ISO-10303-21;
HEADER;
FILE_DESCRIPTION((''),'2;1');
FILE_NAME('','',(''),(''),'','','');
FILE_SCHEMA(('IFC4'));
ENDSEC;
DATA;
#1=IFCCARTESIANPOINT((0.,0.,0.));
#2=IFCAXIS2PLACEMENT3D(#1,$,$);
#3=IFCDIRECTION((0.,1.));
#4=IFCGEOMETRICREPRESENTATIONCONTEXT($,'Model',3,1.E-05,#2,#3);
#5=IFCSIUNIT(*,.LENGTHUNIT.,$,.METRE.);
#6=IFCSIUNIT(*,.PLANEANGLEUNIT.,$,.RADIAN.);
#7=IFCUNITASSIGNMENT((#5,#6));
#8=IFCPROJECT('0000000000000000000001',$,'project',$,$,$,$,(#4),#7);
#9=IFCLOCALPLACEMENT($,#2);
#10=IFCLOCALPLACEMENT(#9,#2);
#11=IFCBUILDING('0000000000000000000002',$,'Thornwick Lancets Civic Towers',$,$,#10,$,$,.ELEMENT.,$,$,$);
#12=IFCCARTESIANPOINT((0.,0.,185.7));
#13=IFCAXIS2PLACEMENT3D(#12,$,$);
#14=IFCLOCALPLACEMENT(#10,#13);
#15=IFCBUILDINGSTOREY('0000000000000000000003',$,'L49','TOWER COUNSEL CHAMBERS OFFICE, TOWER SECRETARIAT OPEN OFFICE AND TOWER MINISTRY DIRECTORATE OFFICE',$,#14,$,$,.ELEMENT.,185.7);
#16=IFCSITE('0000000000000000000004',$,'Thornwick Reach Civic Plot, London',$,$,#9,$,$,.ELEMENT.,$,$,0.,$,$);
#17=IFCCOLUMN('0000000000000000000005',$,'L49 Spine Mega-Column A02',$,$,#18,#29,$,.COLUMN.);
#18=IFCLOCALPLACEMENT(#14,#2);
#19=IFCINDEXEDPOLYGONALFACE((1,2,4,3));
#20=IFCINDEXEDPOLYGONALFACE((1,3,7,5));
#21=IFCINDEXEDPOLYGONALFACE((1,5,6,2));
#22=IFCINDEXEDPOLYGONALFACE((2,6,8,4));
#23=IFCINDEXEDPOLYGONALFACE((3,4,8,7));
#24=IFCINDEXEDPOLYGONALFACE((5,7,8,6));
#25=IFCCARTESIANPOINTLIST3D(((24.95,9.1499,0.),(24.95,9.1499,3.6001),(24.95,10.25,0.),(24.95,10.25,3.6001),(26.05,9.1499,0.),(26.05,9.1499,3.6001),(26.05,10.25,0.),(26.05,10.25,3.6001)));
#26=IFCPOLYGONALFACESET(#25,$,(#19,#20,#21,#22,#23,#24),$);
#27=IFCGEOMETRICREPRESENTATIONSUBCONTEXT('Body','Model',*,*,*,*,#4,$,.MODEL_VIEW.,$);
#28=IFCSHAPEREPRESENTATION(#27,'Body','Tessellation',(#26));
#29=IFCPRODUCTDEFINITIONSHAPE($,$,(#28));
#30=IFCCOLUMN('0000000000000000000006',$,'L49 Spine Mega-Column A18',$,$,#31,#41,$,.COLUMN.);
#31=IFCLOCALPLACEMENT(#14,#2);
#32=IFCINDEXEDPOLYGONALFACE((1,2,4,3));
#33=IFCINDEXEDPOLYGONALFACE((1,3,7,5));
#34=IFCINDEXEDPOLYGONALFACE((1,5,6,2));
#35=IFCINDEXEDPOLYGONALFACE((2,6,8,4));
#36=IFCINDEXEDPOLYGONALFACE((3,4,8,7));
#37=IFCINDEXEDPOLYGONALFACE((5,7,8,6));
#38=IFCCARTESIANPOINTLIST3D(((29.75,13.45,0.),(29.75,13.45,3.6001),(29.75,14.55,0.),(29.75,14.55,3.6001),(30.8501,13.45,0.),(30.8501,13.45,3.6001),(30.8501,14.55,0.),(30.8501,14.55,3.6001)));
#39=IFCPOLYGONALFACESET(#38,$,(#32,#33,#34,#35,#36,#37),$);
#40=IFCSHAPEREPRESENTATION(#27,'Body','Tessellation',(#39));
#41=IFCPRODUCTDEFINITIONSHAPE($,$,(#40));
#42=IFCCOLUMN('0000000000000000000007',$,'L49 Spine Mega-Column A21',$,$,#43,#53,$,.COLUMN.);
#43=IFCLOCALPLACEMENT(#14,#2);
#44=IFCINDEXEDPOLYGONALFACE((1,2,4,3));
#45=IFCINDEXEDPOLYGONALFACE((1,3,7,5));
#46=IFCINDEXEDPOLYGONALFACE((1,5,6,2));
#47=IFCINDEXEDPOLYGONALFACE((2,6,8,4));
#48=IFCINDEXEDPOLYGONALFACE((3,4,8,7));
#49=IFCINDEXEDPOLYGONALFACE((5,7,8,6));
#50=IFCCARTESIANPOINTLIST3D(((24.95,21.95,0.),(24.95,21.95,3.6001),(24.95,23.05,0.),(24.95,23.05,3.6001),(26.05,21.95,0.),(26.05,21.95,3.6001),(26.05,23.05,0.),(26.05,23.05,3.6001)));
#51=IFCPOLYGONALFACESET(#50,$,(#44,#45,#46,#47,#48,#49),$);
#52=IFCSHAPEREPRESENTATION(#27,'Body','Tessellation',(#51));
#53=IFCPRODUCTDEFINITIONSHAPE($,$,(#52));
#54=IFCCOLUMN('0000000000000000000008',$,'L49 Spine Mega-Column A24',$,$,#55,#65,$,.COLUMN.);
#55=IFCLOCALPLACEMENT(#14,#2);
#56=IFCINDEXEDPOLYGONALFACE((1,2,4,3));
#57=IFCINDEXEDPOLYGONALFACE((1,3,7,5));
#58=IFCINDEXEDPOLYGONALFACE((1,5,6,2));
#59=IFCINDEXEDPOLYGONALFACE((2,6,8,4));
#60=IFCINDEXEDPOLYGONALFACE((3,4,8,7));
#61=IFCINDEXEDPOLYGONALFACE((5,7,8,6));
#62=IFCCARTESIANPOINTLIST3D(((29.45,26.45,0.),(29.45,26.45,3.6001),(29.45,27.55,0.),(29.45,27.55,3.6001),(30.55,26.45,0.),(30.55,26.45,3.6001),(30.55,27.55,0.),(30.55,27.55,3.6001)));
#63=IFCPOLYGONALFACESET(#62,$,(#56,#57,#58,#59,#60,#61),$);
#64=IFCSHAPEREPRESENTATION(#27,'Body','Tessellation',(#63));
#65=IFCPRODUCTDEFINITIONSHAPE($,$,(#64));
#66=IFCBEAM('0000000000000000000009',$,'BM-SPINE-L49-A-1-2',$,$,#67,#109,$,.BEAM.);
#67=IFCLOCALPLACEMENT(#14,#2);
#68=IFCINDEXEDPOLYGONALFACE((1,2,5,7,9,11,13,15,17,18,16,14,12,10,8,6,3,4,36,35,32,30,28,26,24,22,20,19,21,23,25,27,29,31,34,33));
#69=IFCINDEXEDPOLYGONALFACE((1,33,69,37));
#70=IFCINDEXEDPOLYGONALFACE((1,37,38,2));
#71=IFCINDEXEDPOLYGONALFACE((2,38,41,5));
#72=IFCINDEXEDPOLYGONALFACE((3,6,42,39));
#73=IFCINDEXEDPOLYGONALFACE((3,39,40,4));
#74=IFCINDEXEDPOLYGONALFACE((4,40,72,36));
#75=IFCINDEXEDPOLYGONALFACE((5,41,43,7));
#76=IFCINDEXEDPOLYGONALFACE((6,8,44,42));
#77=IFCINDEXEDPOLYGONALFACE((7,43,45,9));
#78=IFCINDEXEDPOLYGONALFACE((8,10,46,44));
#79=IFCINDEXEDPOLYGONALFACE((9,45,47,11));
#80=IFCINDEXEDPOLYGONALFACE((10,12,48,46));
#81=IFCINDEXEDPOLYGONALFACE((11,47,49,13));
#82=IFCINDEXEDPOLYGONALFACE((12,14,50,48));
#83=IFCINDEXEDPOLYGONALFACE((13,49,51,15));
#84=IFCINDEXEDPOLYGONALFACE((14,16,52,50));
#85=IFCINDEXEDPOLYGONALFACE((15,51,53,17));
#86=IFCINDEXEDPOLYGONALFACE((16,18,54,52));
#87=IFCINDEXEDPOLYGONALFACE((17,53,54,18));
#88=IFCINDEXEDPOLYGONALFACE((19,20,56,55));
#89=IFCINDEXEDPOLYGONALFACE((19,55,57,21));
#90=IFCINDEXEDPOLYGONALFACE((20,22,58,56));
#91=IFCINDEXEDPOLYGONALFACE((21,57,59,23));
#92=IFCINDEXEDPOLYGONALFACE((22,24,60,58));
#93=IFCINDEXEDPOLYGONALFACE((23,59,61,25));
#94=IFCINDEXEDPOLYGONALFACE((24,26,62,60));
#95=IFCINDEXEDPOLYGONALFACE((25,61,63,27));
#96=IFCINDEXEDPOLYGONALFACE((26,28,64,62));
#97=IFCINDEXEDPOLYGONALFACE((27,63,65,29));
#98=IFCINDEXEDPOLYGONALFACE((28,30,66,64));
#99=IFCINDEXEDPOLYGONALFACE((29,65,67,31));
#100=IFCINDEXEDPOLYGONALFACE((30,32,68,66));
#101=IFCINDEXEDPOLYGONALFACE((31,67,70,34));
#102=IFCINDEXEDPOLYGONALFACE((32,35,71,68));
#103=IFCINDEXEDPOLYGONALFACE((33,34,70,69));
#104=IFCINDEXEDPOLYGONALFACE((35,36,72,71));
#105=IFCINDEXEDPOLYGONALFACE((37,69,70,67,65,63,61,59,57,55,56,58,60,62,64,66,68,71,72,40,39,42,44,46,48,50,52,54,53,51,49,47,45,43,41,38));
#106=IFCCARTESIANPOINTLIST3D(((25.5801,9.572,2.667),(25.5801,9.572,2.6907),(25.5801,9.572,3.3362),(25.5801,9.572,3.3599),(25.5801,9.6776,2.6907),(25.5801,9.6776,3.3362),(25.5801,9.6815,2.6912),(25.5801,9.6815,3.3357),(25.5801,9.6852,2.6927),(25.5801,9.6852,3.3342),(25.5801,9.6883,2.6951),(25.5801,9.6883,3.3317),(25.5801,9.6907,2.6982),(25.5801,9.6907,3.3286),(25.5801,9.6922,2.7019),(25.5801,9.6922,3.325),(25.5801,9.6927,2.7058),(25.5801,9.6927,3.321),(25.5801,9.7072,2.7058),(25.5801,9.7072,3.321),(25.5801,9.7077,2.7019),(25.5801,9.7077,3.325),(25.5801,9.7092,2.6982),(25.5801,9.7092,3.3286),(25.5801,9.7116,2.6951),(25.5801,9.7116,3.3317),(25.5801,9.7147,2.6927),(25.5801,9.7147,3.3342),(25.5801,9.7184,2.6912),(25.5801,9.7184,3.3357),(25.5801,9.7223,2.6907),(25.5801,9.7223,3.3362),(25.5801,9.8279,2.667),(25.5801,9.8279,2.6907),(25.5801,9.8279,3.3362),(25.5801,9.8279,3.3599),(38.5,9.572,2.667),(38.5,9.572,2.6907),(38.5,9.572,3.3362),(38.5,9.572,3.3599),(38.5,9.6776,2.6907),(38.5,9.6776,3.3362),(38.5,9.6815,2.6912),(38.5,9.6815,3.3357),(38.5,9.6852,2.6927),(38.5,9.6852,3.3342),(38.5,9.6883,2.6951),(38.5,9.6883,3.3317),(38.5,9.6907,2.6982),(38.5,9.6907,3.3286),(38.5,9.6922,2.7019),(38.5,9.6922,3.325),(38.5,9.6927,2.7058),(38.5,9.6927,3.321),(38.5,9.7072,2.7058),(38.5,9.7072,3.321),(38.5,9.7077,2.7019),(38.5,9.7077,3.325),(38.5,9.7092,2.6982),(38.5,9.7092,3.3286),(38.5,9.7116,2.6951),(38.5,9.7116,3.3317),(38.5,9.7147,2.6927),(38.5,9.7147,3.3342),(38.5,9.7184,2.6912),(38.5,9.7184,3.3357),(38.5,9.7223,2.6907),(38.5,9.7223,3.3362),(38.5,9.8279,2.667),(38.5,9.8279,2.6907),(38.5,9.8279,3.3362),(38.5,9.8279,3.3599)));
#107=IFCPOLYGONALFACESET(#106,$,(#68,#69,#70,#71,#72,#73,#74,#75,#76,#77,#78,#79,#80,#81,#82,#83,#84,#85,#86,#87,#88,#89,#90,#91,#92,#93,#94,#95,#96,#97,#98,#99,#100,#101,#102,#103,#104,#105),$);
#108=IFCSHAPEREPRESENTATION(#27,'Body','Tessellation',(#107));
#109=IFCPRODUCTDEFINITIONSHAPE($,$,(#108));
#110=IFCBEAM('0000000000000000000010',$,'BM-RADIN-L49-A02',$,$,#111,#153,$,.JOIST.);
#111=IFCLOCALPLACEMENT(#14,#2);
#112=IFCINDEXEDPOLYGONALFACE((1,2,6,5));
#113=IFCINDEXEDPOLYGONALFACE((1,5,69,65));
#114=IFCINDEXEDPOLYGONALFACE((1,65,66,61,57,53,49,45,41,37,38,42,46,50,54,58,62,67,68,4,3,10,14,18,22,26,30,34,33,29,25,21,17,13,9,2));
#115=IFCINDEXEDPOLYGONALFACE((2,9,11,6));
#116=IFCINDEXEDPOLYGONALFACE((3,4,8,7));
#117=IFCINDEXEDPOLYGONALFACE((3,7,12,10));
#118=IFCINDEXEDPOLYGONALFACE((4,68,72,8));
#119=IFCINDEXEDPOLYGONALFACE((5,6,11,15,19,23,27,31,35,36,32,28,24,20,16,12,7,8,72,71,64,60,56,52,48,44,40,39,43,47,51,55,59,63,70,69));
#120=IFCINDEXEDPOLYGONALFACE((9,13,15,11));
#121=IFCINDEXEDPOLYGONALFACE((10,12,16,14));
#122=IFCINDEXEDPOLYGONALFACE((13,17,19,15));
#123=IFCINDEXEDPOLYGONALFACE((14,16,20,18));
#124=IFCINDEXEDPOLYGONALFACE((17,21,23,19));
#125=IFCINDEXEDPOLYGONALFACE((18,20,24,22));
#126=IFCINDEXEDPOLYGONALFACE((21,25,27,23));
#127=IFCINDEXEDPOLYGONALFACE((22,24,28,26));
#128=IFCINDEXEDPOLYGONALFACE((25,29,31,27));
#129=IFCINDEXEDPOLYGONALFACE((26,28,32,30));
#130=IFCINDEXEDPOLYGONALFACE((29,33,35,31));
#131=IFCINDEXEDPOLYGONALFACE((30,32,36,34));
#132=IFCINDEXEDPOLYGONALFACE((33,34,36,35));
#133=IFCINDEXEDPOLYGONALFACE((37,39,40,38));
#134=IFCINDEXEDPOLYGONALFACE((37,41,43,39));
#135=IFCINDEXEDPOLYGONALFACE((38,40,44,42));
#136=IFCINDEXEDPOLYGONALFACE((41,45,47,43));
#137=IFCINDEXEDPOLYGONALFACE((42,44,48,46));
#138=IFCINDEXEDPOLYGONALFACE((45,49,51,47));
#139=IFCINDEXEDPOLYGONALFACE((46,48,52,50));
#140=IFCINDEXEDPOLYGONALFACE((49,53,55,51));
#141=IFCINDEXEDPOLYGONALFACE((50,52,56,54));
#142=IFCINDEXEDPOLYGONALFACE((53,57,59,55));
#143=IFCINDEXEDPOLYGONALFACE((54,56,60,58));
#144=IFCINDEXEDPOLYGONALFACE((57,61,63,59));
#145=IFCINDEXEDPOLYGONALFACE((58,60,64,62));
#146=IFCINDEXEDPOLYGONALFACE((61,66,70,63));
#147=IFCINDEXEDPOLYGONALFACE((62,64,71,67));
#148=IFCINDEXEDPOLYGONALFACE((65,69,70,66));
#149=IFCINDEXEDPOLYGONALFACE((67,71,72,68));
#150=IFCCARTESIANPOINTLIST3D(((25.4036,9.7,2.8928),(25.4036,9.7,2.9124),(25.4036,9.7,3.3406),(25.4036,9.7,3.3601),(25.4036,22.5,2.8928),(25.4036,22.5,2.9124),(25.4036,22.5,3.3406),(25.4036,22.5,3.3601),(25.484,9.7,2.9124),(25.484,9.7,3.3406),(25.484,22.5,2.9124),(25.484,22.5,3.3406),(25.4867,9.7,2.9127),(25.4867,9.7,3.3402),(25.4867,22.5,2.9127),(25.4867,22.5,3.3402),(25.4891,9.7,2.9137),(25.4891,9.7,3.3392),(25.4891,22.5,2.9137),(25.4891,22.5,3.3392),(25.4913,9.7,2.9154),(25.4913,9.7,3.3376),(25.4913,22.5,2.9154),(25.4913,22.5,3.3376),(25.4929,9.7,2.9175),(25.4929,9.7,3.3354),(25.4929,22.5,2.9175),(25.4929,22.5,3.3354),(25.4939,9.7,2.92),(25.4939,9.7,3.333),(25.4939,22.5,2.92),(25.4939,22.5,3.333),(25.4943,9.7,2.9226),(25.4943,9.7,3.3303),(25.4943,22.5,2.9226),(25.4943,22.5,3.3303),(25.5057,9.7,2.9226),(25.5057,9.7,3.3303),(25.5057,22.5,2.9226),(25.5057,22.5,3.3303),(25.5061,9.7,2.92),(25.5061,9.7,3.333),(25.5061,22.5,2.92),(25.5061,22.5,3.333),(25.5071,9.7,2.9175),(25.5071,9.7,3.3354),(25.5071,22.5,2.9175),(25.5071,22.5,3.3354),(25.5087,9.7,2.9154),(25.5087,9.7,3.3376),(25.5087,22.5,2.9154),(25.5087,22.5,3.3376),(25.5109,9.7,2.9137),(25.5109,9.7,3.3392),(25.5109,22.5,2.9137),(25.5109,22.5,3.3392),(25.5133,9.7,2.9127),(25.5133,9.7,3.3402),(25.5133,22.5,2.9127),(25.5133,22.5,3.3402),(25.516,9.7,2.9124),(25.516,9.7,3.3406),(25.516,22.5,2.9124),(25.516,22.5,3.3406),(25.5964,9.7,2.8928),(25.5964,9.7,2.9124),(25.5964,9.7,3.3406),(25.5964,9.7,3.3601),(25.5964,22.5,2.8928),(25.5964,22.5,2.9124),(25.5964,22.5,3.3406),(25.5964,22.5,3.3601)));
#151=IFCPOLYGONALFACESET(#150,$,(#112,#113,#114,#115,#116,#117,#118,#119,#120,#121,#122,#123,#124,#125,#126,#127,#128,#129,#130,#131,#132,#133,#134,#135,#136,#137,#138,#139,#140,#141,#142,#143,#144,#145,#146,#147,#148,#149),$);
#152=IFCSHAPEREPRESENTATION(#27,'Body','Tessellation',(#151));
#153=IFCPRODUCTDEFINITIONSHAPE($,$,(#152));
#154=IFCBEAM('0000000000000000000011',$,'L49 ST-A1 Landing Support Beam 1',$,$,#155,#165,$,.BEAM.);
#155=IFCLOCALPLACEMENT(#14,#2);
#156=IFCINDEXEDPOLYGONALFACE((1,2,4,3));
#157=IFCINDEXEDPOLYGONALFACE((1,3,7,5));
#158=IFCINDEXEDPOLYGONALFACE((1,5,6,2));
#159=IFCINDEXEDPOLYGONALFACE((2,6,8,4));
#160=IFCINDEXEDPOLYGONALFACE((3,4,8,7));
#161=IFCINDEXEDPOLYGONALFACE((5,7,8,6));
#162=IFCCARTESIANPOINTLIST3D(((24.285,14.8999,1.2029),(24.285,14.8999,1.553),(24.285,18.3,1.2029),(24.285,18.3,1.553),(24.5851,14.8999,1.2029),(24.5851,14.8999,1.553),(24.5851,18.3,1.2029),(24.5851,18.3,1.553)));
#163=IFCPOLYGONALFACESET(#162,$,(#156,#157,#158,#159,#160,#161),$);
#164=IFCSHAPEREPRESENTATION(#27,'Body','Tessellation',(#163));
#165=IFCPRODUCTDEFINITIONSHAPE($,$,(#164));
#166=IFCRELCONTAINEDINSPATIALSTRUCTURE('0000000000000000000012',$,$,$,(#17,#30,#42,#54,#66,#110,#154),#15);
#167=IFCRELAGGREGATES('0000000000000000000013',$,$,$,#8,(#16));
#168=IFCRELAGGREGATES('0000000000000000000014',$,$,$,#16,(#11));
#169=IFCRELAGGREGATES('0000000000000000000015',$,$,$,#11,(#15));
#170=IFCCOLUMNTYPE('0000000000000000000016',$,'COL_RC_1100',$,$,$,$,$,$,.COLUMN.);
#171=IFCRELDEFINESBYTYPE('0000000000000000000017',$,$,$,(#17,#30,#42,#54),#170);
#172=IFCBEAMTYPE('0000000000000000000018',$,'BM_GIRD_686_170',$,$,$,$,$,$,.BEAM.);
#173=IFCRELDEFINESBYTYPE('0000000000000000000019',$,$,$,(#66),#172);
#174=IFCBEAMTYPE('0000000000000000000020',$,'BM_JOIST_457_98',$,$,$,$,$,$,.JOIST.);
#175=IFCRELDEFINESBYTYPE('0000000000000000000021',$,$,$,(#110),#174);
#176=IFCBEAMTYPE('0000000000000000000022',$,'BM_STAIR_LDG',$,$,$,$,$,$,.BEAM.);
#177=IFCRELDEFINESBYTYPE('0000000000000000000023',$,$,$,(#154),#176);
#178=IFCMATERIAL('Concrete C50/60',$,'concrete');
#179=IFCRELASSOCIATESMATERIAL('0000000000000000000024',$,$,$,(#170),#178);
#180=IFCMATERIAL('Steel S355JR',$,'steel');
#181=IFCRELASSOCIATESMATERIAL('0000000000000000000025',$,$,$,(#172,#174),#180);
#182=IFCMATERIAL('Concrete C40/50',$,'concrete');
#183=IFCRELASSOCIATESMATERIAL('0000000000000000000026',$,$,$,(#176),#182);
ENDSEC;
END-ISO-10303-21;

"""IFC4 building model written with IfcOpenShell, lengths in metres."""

from ifc_helpers import new_model, si_unit, direction, frame, origin, origin_2d, place, context, subcontext, project, spatial, rectangle, i_section, extrude, material, material_profile, profile_set, type_object, element, save


model = new_model("IFC4")

# Units and contexts
model_context = context("Model", 3, precision=1e-05, world=origin(), true_north=direction((0.0, 1.0)))
body_context = subcontext(model_context, "Body", "Model", "MODEL_VIEW")
ifc_project = project(units=[si_unit("LENGTHUNIT", "METRE"), si_unit("PLANEANGLEUNIT", "RADIAN")], contexts=[model_context])

# Site, building, storey
site_placement = place(None, origin())
site = spatial("IfcSite", under=ifc_project, at=site_placement, Name="Thornwick Reach Civic Plot, London", CompositionType="ELEMENT", RefElevation=0.0)
building_placement = place(site_placement, origin())
building = spatial("IfcBuilding", under=site, at=building_placement, Name="Thornwick Lancets Civic Towers", CompositionType="ELEMENT")
storey_placement = place(building_placement, frame((0.0, 0.0, 185.7)))
storey = spatial("IfcBuildingStorey", under=building, at=storey_placement, Name="L49", Description="TOWER COUNSEL CHAMBERS OFFICE, TOWER SECRETARIAT OPEN OFFICE AND TOWER MINISTRY DIRECTORATE OFFICE", CompositionType="ELEMENT", Elevation=185.7)

# Columns
ifc_material_1 = material(Name="Concrete C50/60", Category="concrete")
ifc_material_profile_1 = material_profile(ifc_material_1, rectangle(XDim=1.1001, YDim=1.1001, at=origin_2d()), Name="RC 1100x1100")
ifc_profile_set_1 = profile_set([ifc_material_profile_1], Name="Concrete C50/60")
column_type = type_object("IfcColumnType", Name="COL_RC_1100", PredefinedType="COLUMN", material=ifc_profile_set_1)
for number, where, z_axis, x_axis, name in (
    (1, (25.5, 9.7, 0.0), (0.0, 0.0, 1.0), (1.0, 0.0, 0.0), "L49 Spine Mega-Column A02"),
    (2, (30.3, 14.0, 0.0), (0.0, 0.0, 1.0), (1.0, 0.0, 0.0), "L49 Spine Mega-Column A18"),
    (3, (25.5, 22.5, 0.0), (0.0, 0.0, 1.0), (1.0, 0.0, 0.0), "L49 Spine Mega-Column A21"),
    (4, (30.0, 27.0, 0.0), (0.0, 0.0, 1.0), (1.0, 0.0, 0.0), "L49 Spine Mega-Column A24"),
):
    element("IfcColumn", number, at=place(storey_placement, frame(where, z_axis=z_axis, x_axis=x_axis)), inside=storey, type_object=column_type, Name=name, PredefinedType="COLUMN", context=body_context, shape_type="SweptSolid", body=[
        extrude(rectangle(XDim=1.1001, YDim=1.1001, at=origin_2d()), origin(), (0.0, 0.0, 1.0), 3.6001),
    ])

# Beams
ifc_material_2 = material(Name="Steel S355JR", Category="steel")
ifc_material_profile_2 = material_profile(ifc_material_2, i_section(OverallWidth=0.2559, OverallDepth=0.6929, WebThickness=0.0144, FlangeThickness=0.0237, FilletRadius=0.0151, at=origin_2d()), Name="UKB 686x254x170")
ifc_profile_set_2 = profile_set([ifc_material_profile_2], Name="Steel S355JR")
beam_type_1 = type_object("IfcBeamType", Name="BM_GIRD_686_170", PredefinedType="BEAM", material=ifc_profile_set_2)
beam_1_placement = place(storey_placement, frame((25.5801, 9.7, 3.0134), z_axis=(1.0, 0.0, 0.0), x_axis=(0.0, 1.0, 0.0)))
element("IfcBeam", 5, at=beam_1_placement, inside=storey, type_object=beam_type_1, Name="BM-SPINE-L49-A-1-2", PredefinedType="BEAM", context=body_context, shape_type="SweptSolid", body=[
    extrude(i_section(OverallWidth=0.2559, OverallDepth=0.6929, WebThickness=0.0144, FlangeThickness=0.0237, FilletRadius=0.0151, at=origin_2d()), origin(), (0.0, 0.0, 1.0), 12.9199),
])
ifc_material_profile_3 = material_profile(ifc_material_2, i_section(OverallWidth=0.1929, OverallDepth=0.4673, WebThickness=0.0115, FlangeThickness=0.0195, FilletRadius=0.0103, at=origin_2d()), Name="UKB 457x191x98")
ifc_profile_set_3 = profile_set([ifc_material_profile_3], Name="Steel S355JR")
beam_type_2 = type_object("IfcBeamType", Name="BM_JOIST_457_98", PredefinedType="JOIST", material=ifc_profile_set_3)
beam_2_placement = place(storey_placement, frame((25.5, 22.5, 3.1265), z_axis=(0.0, -1.0, 0.0), x_axis=(1.0, 0.0, 0.0)))
element("IfcBeam", 6, at=beam_2_placement, inside=storey, type_object=beam_type_2, Name="BM-RADIN-L49-A02", PredefinedType="JOIST", context=body_context, shape_type="SweptSolid", body=[
    extrude(i_section(OverallWidth=0.1929, OverallDepth=0.4673, WebThickness=0.0115, FlangeThickness=0.0195, FilletRadius=0.0103, at=origin_2d()), origin(), (0.0, 0.0, 1.0), 12.8),
])
ifc_material_3 = material(Name="Concrete C40/50", Category="concrete")
ifc_material_profile_4 = material_profile(ifc_material_3, rectangle(XDim=0.3, YDim=0.3501, at=origin_2d()), Name="RC 300x350")
ifc_profile_set_4 = profile_set([ifc_material_profile_4], Name="Concrete C40/50")
beam_type_3 = type_object("IfcBeamType", Name="BM_STAIR_LDG", PredefinedType="BEAM", material=ifc_profile_set_4)
beam_3_placement = place(storey_placement, frame((24.4351, 14.8999, 1.3779), z_axis=(0.0, 1.0, 0.0), x_axis=(-1.0, 0.0, 0.0)))
element("IfcBeam", 7, at=beam_3_placement, inside=storey, type_object=beam_type_3, Name="L49 ST-A1 Landing Support Beam 1", PredefinedType="BEAM", context=body_context, shape_type="SweptSolid", body=[
    extrude(rectangle(XDim=0.3, YDim=0.3501, at=origin_2d()), origin(), (0.0, 0.0, 1.0), 3.4001),
])

save(model, "model.ifc")
